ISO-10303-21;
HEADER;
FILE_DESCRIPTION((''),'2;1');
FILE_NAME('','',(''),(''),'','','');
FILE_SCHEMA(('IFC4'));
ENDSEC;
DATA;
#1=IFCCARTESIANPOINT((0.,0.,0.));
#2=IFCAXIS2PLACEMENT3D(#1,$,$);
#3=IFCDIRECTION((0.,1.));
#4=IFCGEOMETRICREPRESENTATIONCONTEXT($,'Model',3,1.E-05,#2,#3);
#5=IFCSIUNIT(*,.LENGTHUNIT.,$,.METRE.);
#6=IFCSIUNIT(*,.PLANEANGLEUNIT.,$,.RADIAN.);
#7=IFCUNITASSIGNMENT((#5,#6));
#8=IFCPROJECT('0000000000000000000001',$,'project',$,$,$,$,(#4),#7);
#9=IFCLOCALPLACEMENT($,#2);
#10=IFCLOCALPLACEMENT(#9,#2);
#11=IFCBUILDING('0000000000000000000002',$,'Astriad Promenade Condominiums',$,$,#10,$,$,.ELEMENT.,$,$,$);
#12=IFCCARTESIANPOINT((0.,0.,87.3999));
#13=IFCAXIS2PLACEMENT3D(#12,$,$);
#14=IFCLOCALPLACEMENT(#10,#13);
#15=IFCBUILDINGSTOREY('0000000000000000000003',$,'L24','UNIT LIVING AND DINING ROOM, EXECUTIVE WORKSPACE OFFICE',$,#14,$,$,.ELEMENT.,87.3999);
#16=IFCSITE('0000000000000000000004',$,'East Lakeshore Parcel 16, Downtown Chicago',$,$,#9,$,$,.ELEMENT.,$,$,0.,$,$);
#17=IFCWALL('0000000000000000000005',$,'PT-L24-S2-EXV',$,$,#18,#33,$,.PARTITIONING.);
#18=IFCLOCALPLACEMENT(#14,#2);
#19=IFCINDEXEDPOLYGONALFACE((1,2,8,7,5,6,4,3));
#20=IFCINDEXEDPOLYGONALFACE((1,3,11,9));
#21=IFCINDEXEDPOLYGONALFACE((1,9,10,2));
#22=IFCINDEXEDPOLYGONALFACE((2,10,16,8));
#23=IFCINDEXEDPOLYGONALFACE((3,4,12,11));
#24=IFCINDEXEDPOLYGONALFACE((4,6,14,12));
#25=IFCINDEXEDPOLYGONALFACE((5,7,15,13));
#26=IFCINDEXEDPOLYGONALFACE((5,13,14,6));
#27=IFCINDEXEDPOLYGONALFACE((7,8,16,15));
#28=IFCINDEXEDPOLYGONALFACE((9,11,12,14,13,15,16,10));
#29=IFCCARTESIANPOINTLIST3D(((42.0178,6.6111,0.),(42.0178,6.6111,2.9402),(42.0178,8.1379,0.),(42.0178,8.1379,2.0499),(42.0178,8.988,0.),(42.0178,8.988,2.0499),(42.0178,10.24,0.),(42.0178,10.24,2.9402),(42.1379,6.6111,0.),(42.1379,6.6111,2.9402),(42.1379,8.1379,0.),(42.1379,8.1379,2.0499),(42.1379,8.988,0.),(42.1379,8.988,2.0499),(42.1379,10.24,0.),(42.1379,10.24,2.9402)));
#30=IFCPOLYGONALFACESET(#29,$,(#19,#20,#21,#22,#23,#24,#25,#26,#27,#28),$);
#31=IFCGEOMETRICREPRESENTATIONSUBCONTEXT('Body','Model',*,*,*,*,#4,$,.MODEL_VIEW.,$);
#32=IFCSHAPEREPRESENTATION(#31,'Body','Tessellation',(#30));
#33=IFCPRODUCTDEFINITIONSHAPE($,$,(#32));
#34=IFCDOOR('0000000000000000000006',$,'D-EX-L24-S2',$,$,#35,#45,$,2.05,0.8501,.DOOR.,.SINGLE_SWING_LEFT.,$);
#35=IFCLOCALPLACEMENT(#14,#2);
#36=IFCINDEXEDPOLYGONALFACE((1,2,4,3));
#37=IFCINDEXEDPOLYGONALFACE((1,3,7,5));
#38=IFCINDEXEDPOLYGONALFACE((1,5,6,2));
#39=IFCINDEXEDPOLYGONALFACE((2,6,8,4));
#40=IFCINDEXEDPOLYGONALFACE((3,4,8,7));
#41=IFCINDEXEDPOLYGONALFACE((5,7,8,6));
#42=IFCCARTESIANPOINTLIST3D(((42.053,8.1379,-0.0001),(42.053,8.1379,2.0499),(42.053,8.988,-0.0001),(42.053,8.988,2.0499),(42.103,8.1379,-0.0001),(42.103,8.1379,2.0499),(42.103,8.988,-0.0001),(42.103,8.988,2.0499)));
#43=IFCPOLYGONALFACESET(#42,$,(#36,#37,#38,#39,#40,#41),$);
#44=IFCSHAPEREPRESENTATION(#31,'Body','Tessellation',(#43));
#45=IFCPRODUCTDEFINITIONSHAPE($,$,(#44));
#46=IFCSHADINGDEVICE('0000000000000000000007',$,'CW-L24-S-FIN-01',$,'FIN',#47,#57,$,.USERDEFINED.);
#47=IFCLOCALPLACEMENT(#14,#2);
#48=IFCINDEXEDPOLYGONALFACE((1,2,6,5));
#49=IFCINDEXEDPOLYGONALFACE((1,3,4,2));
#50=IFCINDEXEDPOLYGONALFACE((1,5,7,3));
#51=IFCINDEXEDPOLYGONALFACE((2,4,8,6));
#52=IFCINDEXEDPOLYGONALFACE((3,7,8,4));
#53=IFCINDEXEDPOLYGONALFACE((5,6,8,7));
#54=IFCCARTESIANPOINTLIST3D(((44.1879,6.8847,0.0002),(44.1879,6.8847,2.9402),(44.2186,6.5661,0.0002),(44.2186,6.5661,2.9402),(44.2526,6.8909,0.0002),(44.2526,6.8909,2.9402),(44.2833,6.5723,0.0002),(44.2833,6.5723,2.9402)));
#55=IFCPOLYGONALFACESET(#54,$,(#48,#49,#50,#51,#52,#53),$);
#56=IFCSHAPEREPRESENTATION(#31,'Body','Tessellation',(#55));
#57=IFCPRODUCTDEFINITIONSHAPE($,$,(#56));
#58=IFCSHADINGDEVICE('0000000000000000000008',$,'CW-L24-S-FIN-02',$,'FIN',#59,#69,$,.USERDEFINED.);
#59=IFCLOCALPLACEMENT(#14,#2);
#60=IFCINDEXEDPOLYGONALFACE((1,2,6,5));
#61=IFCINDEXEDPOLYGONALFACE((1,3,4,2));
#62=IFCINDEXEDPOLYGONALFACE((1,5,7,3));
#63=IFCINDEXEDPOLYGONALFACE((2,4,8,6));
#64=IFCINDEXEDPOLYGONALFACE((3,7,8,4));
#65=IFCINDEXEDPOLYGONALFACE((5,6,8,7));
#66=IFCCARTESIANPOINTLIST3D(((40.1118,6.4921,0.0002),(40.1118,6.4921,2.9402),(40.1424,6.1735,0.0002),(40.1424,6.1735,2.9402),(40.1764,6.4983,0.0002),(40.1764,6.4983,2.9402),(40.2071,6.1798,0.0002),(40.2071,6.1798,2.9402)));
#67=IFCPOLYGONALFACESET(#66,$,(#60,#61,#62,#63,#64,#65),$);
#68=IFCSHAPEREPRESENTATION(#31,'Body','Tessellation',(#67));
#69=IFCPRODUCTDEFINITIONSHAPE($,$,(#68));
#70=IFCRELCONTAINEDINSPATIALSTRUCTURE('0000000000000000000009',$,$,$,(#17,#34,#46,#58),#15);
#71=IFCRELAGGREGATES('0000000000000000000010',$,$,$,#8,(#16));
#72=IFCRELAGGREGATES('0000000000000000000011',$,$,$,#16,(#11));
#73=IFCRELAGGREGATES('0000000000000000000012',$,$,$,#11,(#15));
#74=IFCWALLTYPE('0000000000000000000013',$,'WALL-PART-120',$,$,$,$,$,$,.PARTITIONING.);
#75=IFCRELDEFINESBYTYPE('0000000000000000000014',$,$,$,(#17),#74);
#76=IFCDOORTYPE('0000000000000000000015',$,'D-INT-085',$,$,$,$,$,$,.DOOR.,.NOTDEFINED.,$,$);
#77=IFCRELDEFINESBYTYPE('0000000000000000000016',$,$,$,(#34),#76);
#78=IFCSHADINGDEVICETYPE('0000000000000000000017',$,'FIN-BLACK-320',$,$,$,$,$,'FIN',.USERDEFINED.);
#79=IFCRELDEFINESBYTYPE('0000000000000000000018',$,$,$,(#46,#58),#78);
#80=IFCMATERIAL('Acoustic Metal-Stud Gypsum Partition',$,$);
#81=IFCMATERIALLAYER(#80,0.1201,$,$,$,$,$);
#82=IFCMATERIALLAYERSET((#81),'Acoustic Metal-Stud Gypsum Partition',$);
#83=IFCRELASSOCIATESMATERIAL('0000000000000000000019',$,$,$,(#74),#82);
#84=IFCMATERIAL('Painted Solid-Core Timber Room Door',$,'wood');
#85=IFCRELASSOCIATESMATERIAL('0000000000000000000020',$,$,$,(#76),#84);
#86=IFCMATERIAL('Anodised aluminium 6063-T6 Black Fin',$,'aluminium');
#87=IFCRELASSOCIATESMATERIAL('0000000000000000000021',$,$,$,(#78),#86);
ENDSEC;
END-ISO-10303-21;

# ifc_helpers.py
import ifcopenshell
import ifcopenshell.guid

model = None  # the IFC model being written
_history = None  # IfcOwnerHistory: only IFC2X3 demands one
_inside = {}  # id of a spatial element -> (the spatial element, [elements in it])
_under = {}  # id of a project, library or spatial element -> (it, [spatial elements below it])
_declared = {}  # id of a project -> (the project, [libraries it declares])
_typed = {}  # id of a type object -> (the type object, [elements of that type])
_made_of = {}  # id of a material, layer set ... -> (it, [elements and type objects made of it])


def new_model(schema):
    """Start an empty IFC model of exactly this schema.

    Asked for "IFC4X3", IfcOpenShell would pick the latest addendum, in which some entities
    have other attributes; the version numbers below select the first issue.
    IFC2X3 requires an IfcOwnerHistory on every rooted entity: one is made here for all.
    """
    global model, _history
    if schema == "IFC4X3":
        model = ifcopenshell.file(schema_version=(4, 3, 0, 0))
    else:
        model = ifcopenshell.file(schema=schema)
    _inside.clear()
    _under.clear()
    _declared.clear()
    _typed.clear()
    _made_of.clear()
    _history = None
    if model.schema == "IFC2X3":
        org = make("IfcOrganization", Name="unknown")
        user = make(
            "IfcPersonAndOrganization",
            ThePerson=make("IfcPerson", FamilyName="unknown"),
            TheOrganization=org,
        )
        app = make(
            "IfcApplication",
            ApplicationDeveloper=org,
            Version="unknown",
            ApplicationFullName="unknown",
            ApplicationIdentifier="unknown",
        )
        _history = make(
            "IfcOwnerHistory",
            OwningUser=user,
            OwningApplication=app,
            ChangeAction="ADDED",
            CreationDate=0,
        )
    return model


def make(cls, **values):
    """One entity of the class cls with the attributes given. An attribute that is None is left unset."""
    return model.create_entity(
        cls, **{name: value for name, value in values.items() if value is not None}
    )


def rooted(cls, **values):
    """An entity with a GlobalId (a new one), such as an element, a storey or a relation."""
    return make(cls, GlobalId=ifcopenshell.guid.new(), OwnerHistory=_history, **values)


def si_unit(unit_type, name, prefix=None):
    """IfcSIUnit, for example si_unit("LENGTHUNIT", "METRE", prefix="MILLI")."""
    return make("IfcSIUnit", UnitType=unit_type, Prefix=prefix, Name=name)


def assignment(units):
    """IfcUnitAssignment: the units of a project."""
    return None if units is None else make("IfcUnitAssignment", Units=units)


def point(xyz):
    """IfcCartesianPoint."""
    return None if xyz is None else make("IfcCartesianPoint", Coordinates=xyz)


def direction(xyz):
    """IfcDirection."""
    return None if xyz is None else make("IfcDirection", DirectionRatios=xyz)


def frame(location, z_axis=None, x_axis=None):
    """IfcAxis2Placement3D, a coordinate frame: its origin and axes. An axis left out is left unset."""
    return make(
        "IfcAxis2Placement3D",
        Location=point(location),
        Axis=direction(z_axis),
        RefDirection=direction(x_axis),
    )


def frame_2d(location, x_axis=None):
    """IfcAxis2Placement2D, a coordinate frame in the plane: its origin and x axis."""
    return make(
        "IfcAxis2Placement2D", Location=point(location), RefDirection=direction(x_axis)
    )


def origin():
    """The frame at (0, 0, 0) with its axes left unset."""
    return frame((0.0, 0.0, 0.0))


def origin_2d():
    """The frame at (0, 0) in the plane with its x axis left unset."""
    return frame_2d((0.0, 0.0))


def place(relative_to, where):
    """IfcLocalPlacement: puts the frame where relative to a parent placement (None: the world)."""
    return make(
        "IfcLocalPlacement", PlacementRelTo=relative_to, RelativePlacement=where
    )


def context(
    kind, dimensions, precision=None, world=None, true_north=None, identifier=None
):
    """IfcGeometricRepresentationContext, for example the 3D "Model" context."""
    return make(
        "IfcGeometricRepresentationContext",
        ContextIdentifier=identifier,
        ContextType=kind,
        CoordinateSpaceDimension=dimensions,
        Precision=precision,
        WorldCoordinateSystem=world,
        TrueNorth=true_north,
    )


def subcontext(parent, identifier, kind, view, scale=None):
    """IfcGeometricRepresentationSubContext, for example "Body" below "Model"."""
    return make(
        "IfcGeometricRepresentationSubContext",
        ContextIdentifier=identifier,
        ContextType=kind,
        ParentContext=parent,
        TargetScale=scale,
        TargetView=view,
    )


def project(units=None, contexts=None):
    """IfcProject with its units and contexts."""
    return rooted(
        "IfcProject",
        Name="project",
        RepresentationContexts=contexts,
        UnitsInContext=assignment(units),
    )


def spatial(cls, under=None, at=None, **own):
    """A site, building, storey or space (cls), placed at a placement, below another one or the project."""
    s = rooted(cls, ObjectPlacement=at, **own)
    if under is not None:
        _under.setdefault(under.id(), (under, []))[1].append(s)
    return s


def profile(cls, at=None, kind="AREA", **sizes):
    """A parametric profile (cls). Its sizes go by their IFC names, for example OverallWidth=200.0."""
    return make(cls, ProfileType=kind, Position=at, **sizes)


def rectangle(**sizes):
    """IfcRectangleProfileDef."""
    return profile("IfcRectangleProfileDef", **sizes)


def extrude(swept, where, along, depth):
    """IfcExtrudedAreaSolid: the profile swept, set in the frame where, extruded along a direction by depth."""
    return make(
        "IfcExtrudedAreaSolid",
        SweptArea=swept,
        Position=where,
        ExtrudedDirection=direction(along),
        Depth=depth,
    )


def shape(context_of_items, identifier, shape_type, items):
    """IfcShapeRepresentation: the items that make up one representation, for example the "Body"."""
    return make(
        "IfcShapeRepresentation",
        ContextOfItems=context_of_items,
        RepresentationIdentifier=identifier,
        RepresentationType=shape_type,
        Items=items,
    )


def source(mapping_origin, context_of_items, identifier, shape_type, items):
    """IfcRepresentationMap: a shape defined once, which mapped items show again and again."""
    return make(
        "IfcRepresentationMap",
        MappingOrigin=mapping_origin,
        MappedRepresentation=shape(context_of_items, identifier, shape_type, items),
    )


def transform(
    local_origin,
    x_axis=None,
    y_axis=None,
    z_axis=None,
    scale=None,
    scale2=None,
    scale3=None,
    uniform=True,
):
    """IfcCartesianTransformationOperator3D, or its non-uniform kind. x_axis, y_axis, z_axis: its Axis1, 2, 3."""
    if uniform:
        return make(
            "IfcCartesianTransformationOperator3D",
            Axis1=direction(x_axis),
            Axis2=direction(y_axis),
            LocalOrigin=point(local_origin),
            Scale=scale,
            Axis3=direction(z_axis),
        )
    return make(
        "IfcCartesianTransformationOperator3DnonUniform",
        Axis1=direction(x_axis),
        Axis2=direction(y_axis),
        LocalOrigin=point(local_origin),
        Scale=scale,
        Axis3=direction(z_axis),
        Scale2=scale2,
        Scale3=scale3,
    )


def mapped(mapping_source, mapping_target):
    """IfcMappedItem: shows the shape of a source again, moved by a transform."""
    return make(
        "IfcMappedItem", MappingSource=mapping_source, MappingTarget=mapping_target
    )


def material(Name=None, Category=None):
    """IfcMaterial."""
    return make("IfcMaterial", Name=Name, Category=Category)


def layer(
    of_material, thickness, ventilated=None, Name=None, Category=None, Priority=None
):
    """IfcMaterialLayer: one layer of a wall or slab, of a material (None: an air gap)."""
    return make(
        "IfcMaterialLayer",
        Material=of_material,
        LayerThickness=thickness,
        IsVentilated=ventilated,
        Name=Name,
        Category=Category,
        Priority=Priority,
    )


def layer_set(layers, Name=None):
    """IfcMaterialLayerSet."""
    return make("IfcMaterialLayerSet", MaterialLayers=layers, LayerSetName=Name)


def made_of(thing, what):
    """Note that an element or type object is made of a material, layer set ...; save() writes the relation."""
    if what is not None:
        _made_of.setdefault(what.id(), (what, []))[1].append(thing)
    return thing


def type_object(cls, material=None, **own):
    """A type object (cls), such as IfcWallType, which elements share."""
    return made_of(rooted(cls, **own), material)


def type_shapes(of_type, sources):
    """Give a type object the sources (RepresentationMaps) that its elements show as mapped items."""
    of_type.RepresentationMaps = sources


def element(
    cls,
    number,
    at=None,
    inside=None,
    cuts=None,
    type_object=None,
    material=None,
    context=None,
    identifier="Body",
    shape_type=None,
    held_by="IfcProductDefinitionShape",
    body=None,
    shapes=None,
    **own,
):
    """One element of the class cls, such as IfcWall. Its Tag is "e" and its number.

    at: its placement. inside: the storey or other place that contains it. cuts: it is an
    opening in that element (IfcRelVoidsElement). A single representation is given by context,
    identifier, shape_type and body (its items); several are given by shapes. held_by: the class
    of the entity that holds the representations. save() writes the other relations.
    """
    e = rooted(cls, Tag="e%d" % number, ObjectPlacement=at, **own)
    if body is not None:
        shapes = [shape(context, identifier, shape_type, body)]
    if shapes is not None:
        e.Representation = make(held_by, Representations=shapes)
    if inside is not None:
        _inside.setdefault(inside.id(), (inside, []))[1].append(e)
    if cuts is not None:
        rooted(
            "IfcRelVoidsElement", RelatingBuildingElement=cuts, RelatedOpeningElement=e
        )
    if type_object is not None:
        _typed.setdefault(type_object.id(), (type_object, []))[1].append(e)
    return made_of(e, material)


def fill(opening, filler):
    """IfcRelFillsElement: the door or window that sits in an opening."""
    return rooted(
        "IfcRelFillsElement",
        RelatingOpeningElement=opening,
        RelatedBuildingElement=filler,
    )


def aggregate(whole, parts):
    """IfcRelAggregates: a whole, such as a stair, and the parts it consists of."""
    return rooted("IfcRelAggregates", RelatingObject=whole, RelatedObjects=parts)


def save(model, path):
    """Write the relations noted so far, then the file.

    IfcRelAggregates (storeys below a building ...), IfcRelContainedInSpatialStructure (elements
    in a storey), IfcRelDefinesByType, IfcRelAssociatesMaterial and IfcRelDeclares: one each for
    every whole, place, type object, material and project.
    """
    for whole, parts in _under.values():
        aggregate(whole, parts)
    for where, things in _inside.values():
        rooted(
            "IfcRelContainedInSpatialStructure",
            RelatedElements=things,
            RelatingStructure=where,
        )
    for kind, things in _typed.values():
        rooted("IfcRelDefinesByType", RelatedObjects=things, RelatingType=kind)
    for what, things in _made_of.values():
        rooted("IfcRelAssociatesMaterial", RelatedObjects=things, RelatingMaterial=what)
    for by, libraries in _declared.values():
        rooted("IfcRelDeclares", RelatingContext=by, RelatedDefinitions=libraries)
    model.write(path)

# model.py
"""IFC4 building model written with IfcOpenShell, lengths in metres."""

from ifc_helpers import new_model, si_unit, direction, frame, frame_2d, origin, origin_2d, place, context, subcontext, project, spatial, rectangle, extrude, source, transform, mapped, material, layer, layer_set, type_object, type_shapes, element, fill, save


model = new_model("IFC4")

# Units and contexts
model_context = context("Model", 3, precision=1e-05, world=origin(), true_north=direction((0.0, 1.0)))
body_context = subcontext(model_context, "Body", "Model", "MODEL_VIEW")
ifc_project = project(units=[si_unit("LENGTHUNIT", "METRE"), si_unit("PLANEANGLEUNIT", "RADIAN")], contexts=[model_context])

# Site, building, storey
site_placement = place(None, origin())
site = spatial("IfcSite", under=ifc_project, at=site_placement, Name="East Lakeshore Parcel 16, Downtown Chicago", CompositionType="ELEMENT", RefElevation=0.0)
building_placement = place(site_placement, origin())
building = spatial("IfcBuilding", under=site, at=building_placement, Name="Astriad Promenade Condominiums", CompositionType="ELEMENT")
storey_placement = place(building_placement, frame((0.0, 0.0, 87.3999)))
storey = spatial("IfcBuildingStorey", under=building, at=storey_placement, Name="L24", Description="UNIT LIVING AND DINING ROOM, EXECUTIVE WORKSPACE OFFICE", CompositionType="ELEMENT", Elevation=87.3999)

# Wall, opening, door
ifc_material_1 = material(Name="Acoustic Metal-Stud Gypsum Partition")
ifc_layer_1 = layer(ifc_material_1, 0.1201)
ifc_layer_set_1 = layer_set([ifc_layer_1], Name="Acoustic Metal-Stud Gypsum Partition")
wall_type_1 = type_object("IfcWallType", Name="WALL-PART-120", PredefinedType="PARTITIONING", material=ifc_layer_set_1)
wall_1_placement = place(storey_placement, frame((42.0779, 6.6111, 0.0), z_axis=(0.0, 0.0, 1.0), x_axis=(0.0, 1.0, 0.0)))
wall_1 = element("IfcWall", 1, at=wall_1_placement, inside=storey, type_object=wall_type_1, Name="PT-L24-S2-EXV", PredefinedType="PARTITIONING", context=body_context, shape_type="SweptSolid", body=[
    extrude(rectangle(XDim=3.6289, YDim=0.1201, at=frame_2d((1.8145, 0.0))), origin(), (0.0, 0.0, 1.0), 2.9402),
])
opening_placement = place(wall_1_placement, frame((1.5269, 0.0, 0.0)))
opening = element("IfcOpeningElement", 2, at=opening_placement, cuts=wall_1, PredefinedType="OPENING", context=body_context, shape_type="SweptSolid", body=[
    extrude(rectangle(XDim=0.8501, YDim=2.05, at=frame_2d((0.425, 1.0249))), frame((0.0, 0.0701, 0.0), z_axis=(0.0, -1.0, 0.0), x_axis=(1.0, 0.0, 0.0)), (0.0, 0.0, 1.0), 0.1401),
])
ifc_material_2 = material(Name="Painted Solid-Core Timber Room Door", Category="wood")
door_type = type_object("IfcDoorType", Name="D-INT-085", OperationType="NOTDEFINED", PredefinedType="DOOR", material=ifc_material_2)
shared_shape_1 = source(origin(), body_context, "Body", "SweptSolid", [
    extrude(rectangle(XDim=0.8501, YDim=2.05, at=frame_2d((0.425, 1.0249))), frame((0.0, 0.0249, 0.0), z_axis=(0.0, -1.0, 0.0), x_axis=(1.0, 0.0, 0.0)), (0.0, 0.0, 1.0), 0.05),
])
type_shapes(door_type, [shared_shape_1])
door_placement = place(opening_placement, origin())
door = element("IfcDoor", 3, at=door_placement, inside=storey, type_object=door_type, Name="D-EX-L24-S2", OperationType="SINGLE_SWING_LEFT", OverallHeight=2.05, OverallWidth=0.8501, PredefinedType="DOOR", context=body_context, shape_type="MappedRepresentation", body=[
    mapped(shared_shape_1, transform((0.0, 0.0, 0.0), scale=1.0)),
])
fill(opening, door)

# Shading devices
ifc_material_3 = material(Name="Anodised aluminium 6063-T6 Black Fin", Category="aluminium")
shading_device_type = type_object("IfcShadingDeviceType", Name="FIN-BLACK-320", ElementType="FIN", PredefinedType="USERDEFINED", material=ifc_material_3)
shared_shape_2 = source(origin(), body_context, "Body", "SweptSolid", [
    extrude(rectangle(XDim=0.0649, YDim=0.3201, at=origin_2d()), origin(), (0.0, 0.0, 1.0), 2.9399),
])
type_shapes(shading_device_type, [shared_shape_2])
for number, where, z_axis, x_axis, name in (
    (4, (44.2356, 6.7285, 0.0002), (0.0, 0.0, 1.0), (-0.995396, -0.095846, 0.0), "CW-L24-S-FIN-01"),
    (5, (40.1594, 6.3359, 0.0002), (0.0, 0.0, 1.0), (-0.995396, -0.095846, 0.0), "CW-L24-S-FIN-02"),
):
    element("IfcShadingDevice", number, at=place(storey_placement, frame(where, z_axis=z_axis, x_axis=x_axis)), inside=storey, type_object=shading_device_type, Name=name, ObjectType="FIN", PredefinedType="USERDEFINED", context=body_context, shape_type="MappedRepresentation", body=[
        mapped(shared_shape_2, transform((0.0, 0.0, 0.0), scale=1.0)),
    ])

save(model, "model.ifc")
